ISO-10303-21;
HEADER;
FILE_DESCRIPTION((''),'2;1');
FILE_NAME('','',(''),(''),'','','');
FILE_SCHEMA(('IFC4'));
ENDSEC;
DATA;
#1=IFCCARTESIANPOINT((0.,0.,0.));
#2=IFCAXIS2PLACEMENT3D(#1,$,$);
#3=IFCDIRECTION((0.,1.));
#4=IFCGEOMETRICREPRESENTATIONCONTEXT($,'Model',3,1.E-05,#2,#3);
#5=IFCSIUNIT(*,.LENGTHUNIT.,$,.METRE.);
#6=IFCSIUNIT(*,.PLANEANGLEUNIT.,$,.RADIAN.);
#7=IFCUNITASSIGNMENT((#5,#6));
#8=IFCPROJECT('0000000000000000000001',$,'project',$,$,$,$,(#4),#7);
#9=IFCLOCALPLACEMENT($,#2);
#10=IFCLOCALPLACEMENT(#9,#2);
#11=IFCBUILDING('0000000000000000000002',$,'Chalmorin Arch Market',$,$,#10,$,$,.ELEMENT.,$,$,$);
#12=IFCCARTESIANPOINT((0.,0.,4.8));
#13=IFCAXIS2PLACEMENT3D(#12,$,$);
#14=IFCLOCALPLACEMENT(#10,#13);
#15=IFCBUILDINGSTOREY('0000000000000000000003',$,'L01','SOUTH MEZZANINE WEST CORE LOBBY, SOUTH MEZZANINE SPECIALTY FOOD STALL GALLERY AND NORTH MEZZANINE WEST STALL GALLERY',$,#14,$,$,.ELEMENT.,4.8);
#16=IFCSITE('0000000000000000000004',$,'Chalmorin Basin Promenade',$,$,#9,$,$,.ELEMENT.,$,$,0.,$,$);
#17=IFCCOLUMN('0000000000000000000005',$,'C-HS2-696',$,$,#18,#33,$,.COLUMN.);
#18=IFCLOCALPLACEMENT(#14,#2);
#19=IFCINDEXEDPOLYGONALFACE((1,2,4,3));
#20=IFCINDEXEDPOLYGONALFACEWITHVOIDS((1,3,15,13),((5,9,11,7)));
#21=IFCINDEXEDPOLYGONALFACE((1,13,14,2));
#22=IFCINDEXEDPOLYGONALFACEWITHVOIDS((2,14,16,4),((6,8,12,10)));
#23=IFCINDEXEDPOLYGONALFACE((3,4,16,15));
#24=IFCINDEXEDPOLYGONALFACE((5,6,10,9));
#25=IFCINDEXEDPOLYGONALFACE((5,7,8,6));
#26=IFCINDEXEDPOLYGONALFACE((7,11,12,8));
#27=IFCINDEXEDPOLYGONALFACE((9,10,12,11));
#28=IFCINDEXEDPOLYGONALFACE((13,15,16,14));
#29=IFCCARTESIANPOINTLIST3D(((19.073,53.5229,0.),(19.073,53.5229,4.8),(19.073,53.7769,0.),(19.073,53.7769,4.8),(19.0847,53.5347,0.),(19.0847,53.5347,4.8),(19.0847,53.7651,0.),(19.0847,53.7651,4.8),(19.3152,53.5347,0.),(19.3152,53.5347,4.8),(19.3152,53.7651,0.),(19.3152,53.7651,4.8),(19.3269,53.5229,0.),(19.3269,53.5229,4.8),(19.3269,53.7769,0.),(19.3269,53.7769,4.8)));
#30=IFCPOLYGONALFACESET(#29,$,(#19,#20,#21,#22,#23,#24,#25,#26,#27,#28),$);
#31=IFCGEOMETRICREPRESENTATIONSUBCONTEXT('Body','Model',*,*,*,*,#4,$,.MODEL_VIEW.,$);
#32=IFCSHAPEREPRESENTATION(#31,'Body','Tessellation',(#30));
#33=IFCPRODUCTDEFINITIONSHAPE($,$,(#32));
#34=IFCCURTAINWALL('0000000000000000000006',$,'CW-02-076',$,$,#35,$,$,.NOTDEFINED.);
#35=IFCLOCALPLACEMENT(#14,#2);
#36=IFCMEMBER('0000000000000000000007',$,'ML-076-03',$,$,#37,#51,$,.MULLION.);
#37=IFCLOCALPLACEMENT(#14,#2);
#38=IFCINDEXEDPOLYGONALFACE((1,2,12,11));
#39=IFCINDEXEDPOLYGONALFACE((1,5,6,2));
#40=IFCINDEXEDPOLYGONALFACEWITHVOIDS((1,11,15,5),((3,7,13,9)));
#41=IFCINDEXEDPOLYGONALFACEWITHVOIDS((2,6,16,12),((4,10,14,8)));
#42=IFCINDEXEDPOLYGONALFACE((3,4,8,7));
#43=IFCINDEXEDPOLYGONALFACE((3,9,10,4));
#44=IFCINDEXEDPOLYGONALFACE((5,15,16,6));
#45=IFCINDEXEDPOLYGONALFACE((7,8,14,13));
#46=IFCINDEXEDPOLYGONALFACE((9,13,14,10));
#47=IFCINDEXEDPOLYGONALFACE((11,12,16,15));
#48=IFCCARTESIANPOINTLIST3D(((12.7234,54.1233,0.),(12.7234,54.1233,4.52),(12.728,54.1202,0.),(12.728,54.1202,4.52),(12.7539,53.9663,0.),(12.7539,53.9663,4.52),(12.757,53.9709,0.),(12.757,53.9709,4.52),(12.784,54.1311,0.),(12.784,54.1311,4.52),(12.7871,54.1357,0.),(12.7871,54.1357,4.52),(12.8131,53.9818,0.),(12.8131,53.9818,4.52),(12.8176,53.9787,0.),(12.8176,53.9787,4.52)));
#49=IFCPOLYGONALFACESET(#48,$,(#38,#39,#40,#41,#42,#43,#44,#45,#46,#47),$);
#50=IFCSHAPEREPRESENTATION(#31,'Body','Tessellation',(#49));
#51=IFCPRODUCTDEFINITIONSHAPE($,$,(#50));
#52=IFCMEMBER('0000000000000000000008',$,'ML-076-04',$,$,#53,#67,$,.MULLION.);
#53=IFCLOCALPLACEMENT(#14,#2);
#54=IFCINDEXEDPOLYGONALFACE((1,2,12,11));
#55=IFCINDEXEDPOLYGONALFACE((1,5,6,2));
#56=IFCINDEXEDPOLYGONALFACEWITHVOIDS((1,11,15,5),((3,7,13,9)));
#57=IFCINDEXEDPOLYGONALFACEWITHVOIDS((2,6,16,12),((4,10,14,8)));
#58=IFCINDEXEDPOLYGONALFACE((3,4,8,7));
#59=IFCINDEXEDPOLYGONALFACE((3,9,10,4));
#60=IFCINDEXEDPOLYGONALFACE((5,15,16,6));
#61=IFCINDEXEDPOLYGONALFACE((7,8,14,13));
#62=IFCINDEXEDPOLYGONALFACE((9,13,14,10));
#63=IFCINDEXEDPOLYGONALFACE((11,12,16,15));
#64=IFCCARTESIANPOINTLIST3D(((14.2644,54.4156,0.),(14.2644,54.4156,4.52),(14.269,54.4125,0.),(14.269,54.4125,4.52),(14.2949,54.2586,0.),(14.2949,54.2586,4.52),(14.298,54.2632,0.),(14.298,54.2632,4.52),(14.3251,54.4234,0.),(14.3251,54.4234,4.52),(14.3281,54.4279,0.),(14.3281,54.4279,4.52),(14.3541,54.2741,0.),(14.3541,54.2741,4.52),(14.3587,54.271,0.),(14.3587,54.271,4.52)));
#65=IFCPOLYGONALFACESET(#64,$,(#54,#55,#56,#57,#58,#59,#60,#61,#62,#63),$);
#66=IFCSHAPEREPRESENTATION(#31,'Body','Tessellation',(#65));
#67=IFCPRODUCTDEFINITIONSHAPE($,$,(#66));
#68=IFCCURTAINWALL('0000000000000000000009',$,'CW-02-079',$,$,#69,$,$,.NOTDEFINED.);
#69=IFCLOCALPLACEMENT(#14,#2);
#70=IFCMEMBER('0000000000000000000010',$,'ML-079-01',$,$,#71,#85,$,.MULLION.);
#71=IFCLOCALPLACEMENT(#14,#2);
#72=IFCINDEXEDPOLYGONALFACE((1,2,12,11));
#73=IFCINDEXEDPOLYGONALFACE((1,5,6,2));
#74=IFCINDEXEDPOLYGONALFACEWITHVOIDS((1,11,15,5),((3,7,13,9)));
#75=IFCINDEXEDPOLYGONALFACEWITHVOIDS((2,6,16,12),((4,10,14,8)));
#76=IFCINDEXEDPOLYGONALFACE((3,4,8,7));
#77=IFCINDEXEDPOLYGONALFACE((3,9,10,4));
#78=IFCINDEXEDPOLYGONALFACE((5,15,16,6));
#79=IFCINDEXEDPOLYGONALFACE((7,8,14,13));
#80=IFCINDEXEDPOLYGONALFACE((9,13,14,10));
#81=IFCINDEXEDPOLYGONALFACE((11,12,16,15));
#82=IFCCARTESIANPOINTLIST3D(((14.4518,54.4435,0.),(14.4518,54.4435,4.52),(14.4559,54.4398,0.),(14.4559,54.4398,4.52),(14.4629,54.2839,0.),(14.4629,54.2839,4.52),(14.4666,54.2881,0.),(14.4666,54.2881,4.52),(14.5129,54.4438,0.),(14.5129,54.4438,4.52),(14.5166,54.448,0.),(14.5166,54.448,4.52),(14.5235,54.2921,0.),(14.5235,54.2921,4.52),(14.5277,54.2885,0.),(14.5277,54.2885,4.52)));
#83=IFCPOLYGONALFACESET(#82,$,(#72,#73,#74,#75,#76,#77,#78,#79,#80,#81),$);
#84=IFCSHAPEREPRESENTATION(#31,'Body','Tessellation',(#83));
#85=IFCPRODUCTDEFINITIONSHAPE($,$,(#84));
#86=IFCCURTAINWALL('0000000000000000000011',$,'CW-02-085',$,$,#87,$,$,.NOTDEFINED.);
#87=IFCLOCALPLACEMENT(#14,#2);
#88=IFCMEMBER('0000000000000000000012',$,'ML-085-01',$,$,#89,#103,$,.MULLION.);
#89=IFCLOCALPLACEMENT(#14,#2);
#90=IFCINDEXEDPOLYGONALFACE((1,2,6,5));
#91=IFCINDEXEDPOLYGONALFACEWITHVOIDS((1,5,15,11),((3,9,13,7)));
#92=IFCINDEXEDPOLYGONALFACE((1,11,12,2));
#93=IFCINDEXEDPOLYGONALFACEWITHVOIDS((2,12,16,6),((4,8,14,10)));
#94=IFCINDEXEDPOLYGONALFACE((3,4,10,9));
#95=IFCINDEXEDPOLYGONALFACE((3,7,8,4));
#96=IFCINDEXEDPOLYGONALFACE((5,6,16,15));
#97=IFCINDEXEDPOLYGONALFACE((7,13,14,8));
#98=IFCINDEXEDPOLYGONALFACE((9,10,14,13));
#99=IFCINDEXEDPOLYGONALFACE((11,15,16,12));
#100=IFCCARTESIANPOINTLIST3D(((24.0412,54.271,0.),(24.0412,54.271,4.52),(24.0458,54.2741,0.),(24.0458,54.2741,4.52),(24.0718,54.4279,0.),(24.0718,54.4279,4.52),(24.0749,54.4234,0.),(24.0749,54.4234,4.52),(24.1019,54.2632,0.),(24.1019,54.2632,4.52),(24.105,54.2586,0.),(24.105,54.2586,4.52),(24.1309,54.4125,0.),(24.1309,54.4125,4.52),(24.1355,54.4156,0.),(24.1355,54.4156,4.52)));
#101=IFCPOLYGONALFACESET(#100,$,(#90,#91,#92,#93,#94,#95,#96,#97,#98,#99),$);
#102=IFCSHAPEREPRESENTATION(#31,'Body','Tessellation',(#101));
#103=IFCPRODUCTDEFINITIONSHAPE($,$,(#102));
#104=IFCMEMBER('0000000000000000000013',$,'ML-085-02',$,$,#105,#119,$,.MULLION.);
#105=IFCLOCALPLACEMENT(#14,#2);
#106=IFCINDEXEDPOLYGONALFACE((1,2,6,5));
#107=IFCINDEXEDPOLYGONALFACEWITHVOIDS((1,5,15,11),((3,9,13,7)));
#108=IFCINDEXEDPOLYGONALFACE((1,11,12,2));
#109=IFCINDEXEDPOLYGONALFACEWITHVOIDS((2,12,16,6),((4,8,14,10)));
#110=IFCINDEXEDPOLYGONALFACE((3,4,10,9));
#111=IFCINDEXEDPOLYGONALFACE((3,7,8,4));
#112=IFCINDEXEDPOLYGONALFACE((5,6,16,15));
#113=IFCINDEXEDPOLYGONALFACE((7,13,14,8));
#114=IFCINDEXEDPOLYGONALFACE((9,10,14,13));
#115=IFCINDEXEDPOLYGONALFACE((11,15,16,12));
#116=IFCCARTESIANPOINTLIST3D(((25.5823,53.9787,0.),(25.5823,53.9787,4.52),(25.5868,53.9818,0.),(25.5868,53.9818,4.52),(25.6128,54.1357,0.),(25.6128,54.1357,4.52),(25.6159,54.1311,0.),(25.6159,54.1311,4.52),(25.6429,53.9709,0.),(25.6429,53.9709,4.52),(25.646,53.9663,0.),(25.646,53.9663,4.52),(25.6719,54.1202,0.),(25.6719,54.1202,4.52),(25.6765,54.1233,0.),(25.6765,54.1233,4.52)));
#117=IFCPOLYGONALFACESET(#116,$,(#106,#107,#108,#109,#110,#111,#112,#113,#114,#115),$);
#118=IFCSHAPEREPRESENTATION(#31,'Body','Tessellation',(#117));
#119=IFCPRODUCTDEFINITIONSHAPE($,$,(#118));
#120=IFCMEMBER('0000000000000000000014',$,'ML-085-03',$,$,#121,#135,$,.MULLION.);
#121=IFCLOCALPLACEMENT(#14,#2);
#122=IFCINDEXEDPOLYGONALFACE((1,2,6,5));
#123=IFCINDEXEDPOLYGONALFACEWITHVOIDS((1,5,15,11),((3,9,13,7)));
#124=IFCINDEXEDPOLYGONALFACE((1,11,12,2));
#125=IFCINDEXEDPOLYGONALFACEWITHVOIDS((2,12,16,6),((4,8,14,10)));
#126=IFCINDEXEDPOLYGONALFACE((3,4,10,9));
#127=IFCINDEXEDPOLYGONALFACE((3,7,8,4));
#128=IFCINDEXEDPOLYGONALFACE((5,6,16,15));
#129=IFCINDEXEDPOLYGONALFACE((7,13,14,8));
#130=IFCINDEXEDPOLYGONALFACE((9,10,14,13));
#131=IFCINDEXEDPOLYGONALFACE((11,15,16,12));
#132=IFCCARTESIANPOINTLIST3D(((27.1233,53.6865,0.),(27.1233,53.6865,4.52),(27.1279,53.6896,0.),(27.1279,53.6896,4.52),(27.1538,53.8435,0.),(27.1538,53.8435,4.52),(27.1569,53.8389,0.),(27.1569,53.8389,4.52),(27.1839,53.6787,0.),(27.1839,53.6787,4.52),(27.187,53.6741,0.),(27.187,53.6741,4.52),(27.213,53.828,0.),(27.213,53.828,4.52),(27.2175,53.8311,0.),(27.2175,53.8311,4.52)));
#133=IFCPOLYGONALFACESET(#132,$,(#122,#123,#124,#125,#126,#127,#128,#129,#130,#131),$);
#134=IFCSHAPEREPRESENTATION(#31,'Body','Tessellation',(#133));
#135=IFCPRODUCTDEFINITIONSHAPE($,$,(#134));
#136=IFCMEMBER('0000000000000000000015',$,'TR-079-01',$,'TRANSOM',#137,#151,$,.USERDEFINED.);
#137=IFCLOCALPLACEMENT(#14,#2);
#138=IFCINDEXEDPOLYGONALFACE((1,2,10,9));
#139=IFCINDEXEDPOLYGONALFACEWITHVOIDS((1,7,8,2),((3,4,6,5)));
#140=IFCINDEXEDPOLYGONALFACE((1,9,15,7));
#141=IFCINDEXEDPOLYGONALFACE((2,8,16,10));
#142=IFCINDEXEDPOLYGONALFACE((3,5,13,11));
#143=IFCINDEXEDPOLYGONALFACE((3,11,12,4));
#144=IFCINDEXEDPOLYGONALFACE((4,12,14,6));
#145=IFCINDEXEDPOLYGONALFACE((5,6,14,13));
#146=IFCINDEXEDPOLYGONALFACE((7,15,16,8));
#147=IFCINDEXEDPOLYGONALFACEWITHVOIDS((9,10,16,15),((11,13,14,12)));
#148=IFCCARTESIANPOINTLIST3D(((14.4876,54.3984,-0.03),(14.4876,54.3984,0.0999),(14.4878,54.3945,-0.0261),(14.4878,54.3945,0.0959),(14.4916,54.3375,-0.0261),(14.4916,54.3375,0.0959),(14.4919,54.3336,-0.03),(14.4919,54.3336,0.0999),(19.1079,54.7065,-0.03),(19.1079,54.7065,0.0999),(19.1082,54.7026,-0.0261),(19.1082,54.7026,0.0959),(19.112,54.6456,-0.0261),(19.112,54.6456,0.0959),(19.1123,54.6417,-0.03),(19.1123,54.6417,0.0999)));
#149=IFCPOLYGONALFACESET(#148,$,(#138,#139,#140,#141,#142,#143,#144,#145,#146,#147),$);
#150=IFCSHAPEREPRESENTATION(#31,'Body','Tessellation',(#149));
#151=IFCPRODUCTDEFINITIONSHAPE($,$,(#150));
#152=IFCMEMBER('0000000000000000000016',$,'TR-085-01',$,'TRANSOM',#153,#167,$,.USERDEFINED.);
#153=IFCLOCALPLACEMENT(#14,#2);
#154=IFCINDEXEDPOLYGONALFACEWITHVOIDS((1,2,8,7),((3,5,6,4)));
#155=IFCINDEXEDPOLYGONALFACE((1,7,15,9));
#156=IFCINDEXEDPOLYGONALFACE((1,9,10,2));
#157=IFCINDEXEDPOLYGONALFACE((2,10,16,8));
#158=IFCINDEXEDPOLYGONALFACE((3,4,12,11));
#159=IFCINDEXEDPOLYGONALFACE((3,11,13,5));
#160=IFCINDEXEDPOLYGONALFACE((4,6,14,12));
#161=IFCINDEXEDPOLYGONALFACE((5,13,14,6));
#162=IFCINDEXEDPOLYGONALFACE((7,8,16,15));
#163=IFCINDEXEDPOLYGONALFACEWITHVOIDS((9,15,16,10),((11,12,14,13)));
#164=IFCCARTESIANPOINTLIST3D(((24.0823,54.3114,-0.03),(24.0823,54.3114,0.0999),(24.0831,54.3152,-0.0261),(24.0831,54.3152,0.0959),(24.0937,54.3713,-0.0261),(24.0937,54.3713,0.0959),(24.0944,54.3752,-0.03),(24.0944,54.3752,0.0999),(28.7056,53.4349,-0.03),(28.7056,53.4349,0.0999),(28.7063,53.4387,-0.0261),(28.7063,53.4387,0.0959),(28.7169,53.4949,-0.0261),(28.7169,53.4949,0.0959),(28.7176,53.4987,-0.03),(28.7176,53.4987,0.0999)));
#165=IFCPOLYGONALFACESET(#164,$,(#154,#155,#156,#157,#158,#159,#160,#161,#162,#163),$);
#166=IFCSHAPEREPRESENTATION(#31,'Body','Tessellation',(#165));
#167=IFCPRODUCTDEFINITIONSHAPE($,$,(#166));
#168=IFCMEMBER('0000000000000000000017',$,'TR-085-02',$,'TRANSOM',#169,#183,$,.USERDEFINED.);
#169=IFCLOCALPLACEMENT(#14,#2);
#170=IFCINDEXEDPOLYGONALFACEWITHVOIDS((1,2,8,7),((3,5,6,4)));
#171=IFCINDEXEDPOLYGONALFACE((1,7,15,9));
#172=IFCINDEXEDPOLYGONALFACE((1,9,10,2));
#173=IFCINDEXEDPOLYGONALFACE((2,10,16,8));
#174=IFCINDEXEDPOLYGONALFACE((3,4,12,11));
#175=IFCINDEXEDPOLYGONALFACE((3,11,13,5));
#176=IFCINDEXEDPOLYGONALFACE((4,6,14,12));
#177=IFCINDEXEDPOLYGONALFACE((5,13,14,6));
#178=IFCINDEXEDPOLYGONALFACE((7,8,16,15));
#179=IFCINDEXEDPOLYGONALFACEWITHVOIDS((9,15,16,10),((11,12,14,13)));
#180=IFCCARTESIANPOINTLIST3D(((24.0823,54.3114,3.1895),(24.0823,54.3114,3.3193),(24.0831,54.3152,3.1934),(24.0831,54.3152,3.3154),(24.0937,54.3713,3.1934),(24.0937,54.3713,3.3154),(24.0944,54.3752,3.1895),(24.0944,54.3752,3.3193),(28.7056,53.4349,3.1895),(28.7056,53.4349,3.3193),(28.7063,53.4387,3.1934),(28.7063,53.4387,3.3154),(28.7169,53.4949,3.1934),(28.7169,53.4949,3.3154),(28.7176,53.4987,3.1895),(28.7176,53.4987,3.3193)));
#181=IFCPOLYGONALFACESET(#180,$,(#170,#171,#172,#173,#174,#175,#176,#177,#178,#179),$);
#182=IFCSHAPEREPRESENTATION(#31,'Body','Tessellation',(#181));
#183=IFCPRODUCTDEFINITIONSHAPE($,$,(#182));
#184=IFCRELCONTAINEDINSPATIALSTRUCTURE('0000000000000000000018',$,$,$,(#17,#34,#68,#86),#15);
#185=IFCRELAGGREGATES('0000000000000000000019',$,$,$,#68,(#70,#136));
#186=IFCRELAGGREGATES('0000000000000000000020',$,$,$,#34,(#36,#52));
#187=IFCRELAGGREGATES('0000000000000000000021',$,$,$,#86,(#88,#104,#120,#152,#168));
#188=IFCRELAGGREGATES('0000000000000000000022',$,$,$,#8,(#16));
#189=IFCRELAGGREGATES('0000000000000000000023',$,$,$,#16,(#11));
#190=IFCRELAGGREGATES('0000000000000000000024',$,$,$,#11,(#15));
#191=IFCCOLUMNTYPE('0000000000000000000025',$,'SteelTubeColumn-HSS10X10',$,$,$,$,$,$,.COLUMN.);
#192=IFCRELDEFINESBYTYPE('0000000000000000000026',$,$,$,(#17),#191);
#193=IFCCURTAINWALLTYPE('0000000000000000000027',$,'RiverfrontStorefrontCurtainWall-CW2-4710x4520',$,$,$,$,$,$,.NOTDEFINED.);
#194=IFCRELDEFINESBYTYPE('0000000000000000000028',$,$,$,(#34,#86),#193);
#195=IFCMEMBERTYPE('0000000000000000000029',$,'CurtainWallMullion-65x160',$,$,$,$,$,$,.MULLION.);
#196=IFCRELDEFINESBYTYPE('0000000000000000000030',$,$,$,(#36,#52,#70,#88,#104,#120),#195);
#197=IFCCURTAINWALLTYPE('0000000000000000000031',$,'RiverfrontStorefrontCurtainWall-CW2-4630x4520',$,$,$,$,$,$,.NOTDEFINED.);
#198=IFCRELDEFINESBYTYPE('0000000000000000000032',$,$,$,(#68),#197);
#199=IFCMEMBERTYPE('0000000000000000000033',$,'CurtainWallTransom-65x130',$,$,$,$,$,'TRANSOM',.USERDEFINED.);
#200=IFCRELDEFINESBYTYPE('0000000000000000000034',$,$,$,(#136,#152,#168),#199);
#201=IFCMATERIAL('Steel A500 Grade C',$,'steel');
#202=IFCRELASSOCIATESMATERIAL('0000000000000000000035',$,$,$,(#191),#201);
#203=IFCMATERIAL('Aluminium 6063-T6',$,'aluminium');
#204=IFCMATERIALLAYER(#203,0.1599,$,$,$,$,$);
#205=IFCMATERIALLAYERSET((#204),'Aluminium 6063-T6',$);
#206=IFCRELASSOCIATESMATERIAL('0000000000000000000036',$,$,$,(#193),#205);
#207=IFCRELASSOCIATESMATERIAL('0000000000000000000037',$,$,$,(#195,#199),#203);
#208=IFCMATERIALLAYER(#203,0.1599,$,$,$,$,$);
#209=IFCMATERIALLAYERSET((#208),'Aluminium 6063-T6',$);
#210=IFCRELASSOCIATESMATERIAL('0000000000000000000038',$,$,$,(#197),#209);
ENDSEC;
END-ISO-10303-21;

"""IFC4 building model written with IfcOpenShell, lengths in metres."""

from ifc_helpers import new_model, si_unit, direction, frame, origin, origin_2d, place, context, subcontext, project, spatial, hollow_rectangle, extrude, material, layer, layer_set, material_profile, profile_set, type_object, element, aggregate, save


model = new_model("IFC4")

# Units and contexts
model_context = context("Model", 3, precision=1e-05, world=origin(), true_north=direction((0.0, 1.0)))
body_context = subcontext(model_context, "Body", "Model", "MODEL_VIEW")
ifc_project = project(units=[si_unit("LENGTHUNIT", "METRE"), si_unit("PLANEANGLEUNIT", "RADIAN")], contexts=[model_context])

# Site, building, storey
site_placement = place(None, origin())
site = spatial("IfcSite", under=ifc_project, at=site_placement, Name="Chalmorin Basin Promenade", CompositionType="ELEMENT", RefElevation=0.0)
building_placement = place(site_placement, origin())
building = spatial("IfcBuilding", under=site, at=building_placement, Name="Chalmorin Arch Market", CompositionType="ELEMENT")
storey_placement = place(building_placement, frame((0.0, 0.0, 4.8)))
storey = spatial("IfcBuildingStorey", under=building, at=storey_placement, Name="L01", Description="SOUTH MEZZANINE WEST CORE LOBBY, SOUTH MEZZANINE SPECIALTY FOOD STALL GALLERY AND NORTH MEZZANINE WEST STALL GALLERY", CompositionType="ELEMENT", Elevation=4.8)

# Column
ifc_material_1 = material(Name="Steel A500 Grade C", Category="steel")
ifc_material_profile_1 = material_profile(ifc_material_1, hollow_rectangle(XDim=0.2539, YDim=0.2539, WallThickness=0.0117, at=origin_2d()), Name="HSS10X10X1/2")
ifc_profile_set_1 = profile_set([ifc_material_profile_1], Name="Steel A500 Grade C")
column_type = type_object("IfcColumnType", Name="SteelTubeColumn-HSS10X10", PredefinedType="COLUMN", material=ifc_profile_set_1)
column_placement = place(storey_placement, frame((19.2, 53.6499, 0.0), z_axis=(0.0, 0.0, 1.0), x_axis=(1.0, 0.0, 0.0)))
element("IfcColumn", 1, at=column_placement, inside=storey, type_object=column_type, Name="C-HS2-696", PredefinedType="COLUMN", context=body_context, shape_type="SweptSolid", body=[
    extrude(hollow_rectangle(XDim=0.2539, YDim=0.2539, WallThickness=0.0117, at=origin_2d()), origin(), (0.0, 0.0, 1.0), 4.8),
])

# Curtain wall, members
ifc_material_2 = material(Name="Aluminium 6063-T6", Category="aluminium")
ifc_layer_1 = layer(ifc_material_2, 0.1599)
ifc_layer_set_1 = layer_set([ifc_layer_1], Name="Aluminium 6063-T6")
curtain_wall_type_1 = type_object("IfcCurtainWallType", Name="RiverfrontStorefrontCurtainWall-CW2-4710x4520", PredefinedType="NOTDEFINED", material=ifc_layer_set_1)
curtain_wall_1_placement = place(storey_placement, origin())
curtain_wall_1 = element("IfcCurtainWall", 2, at=curtain_wall_1_placement, inside=storey, type_object=curtain_wall_type_1, Name="CW-02-076", PredefinedType="NOTDEFINED")
ifc_material_profile_2 = material_profile(ifc_material_2, hollow_rectangle(XDim=0.0649, YDim=0.1599, WallThickness=0.0039, at=origin_2d()), Name="ALU65X160X4")
ifc_profile_set_2 = profile_set([ifc_material_profile_2], Name="Aluminium 6063-T6")
member_type_1 = type_object("IfcMemberType", Name="CurtainWallMullion-65x160", PredefinedType="MULLION", material=ifc_profile_set_2)
member_1_placement = place(storey_placement, frame((12.7705, 54.051, 0.0), z_axis=(0.0, 0.0, 1.0), x_axis=(0.981627, 0.190809, 0.0)))
member_1 = element("IfcMember", 3, at=member_1_placement, type_object=member_type_1, Name="ML-076-03", PredefinedType="MULLION", context=body_context, shape_type="SweptSolid", body=[
    extrude(hollow_rectangle(XDim=0.0649, YDim=0.1599, WallThickness=0.0039, at=origin_2d()), origin(), (0.0, 0.0, 1.0), 4.52),
])
member_2_placement = place(storey_placement, frame((14.3115, 54.3433, 0.0), z_axis=(0.0, 0.0, 1.0), x_axis=(0.981627, 0.190809, 0.0)))
member_2 = element("IfcMember", 4, at=member_2_placement, type_object=member_type_1, Name="ML-076-04", PredefinedType="MULLION", context=body_context, shape_type="SweptSolid", body=[
    extrude(hollow_rectangle(XDim=0.0649, YDim=0.1599, WallThickness=0.0039, at=origin_2d()), origin(), (0.0, 0.0, 1.0), 4.52),
])

# Curtain wall, member
ifc_layer_2 = layer(ifc_material_2, 0.1599)
ifc_layer_set_2 = layer_set([ifc_layer_2], Name="Aluminium 6063-T6")
curtain_wall_type_2 = type_object("IfcCurtainWallType", Name="RiverfrontStorefrontCurtainWall-CW2-4630x4520", PredefinedType="NOTDEFINED", material=ifc_layer_set_2)
curtain_wall_2_placement = place(storey_placement, origin())
curtain_wall_2 = element("IfcCurtainWall", 5, at=curtain_wall_2_placement, inside=storey, type_object=curtain_wall_type_2, Name="CW-02-079", PredefinedType="NOTDEFINED")
member_3_placement = place(storey_placement, frame((14.4897, 54.366, 0.0), z_axis=(0.0, 0.0, 1.0), x_axis=(0.997564, 0.069756, 0.0)))
member_3 = element("IfcMember", 6, at=member_3_placement, type_object=member_type_1, Name="ML-079-01", PredefinedType="MULLION", context=body_context, shape_type="SweptSolid", body=[
    extrude(hollow_rectangle(XDim=0.0649, YDim=0.1599, WallThickness=0.0039, at=origin_2d()), origin(), (0.0, 0.0, 1.0), 4.52),
])

# Curtain wall, members
curtain_wall_3_placement = place(storey_placement, origin())
curtain_wall_3 = element("IfcCurtainWall", 7, at=curtain_wall_3_placement, inside=storey, type_object=curtain_wall_type_1, Name="CW-02-085", PredefinedType="NOTDEFINED")
member_4_placement = place(storey_placement, frame((24.0884, 54.3433, 0.0), z_axis=(0.0, 0.0, 1.0), x_axis=(0.981627, -0.190809, 0.0)))
member_4 = element("IfcMember", 8, at=member_4_placement, type_object=member_type_1, Name="ML-085-01", PredefinedType="MULLION", context=body_context, shape_type="SweptSolid", body=[
    extrude(hollow_rectangle(XDim=0.0649, YDim=0.1599, WallThickness=0.0039, at=origin_2d()), origin(), (0.0, 0.0, 1.0), 4.52),
])
member_5_placement = place(storey_placement, frame((25.6294, 54.051, 0.0), z_axis=(0.0, 0.0, 1.0), x_axis=(0.981627, -0.190809, 0.0)))
member_5 = element("IfcMember", 9, at=member_5_placement, type_object=member_type_1, Name="ML-085-02", PredefinedType="MULLION", context=body_context, shape_type="SweptSolid", body=[
    extrude(hollow_rectangle(XDim=0.0649, YDim=0.1599, WallThickness=0.0039, at=origin_2d()), origin(), (0.0, 0.0, 1.0), 4.52),
])
member_6_placement = place(storey_placement, frame((27.1704, 53.7588, 0.0), z_axis=(0.0, 0.0, 1.0), x_axis=(0.981627, -0.190809, 0.0)))
member_6 = element("IfcMember", 10, at=member_6_placement, type_object=member_type_1, Name="ML-085-03", PredefinedType="MULLION", context=body_context, shape_type="SweptSolid", body=[
    extrude(hollow_rectangle(XDim=0.0649, YDim=0.1599, WallThickness=0.0039, at=origin_2d()), origin(), (0.0, 0.0, 1.0), 4.52),
])

# Members
ifc_material_profile_3 = material_profile(ifc_material_2, hollow_rectangle(XDim=0.0649, YDim=0.1299, WallThickness=0.0039, at=origin_2d()), Name="ALU65X130X4")
ifc_profile_set_3 = profile_set([ifc_material_profile_3], Name="Aluminium 6063-T6")
member_type_2 = type_object("IfcMemberType", Name="CurtainWallTransom-65x130", ElementType="TRANSOM", PredefinedType="USERDEFINED", material=ifc_profile_set_3)
member_7_placement = place(storey_placement, frame((14.4897, 54.366, 0.0349), z_axis=(0.997784, 0.066537, 0.0), x_axis=(-0.066537, 0.997784, 0.0)))
member_7 = element("IfcMember", 11, at=member_7_placement, type_object=member_type_2, Name="TR-079-01", ObjectType="TRANSOM", PredefinedType="USERDEFINED", context=body_context, shape_type="SweptSolid", body=[
    extrude(hollow_rectangle(XDim=0.0649, YDim=0.1299, WallThickness=0.0039, at=origin_2d()), origin(), (0.0, 0.0, 1.0), 4.6306),
])
aggregate(curtain_wall_2, [member_3, member_7])
member_8_placement = place(storey_placement, frame((24.0884, 54.3433, 0.0349), z_axis=(0.982501, -0.186259, 0.0), x_axis=(0.186259, 0.982501, 0.0)))
member_8 = element("IfcMember", 12, at=member_8_placement, type_object=member_type_2, Name="TR-085-01", ObjectType="TRANSOM", PredefinedType="USERDEFINED", context=body_context, shape_type="SweptSolid", body=[
    extrude(hollow_rectangle(XDim=0.0649, YDim=0.1299, WallThickness=0.0039, at=origin_2d()), origin(), (0.0, 0.0, 1.0), 4.7056),
])
member_9_placement = place(storey_placement, frame((24.0884, 54.3433, 3.2544), z_axis=(0.982501, -0.186259, 0.0), x_axis=(0.186259, 0.982501, 0.0)))
member_9 = element("IfcMember", 13, at=member_9_placement, type_object=member_type_2, Name="TR-085-02", ObjectType="TRANSOM", PredefinedType="USERDEFINED", context=body_context, shape_type="SweptSolid", body=[
    extrude(hollow_rectangle(XDim=0.0649, YDim=0.1299, WallThickness=0.0039, at=origin_2d()), origin(), (0.0, 0.0, 1.0), 4.7056),
])

aggregate(curtain_wall_1, [member_1, member_2])
aggregate(curtain_wall_3, [member_4, member_5, member_6, member_8, member_9])

save(model, "model.ifc")
